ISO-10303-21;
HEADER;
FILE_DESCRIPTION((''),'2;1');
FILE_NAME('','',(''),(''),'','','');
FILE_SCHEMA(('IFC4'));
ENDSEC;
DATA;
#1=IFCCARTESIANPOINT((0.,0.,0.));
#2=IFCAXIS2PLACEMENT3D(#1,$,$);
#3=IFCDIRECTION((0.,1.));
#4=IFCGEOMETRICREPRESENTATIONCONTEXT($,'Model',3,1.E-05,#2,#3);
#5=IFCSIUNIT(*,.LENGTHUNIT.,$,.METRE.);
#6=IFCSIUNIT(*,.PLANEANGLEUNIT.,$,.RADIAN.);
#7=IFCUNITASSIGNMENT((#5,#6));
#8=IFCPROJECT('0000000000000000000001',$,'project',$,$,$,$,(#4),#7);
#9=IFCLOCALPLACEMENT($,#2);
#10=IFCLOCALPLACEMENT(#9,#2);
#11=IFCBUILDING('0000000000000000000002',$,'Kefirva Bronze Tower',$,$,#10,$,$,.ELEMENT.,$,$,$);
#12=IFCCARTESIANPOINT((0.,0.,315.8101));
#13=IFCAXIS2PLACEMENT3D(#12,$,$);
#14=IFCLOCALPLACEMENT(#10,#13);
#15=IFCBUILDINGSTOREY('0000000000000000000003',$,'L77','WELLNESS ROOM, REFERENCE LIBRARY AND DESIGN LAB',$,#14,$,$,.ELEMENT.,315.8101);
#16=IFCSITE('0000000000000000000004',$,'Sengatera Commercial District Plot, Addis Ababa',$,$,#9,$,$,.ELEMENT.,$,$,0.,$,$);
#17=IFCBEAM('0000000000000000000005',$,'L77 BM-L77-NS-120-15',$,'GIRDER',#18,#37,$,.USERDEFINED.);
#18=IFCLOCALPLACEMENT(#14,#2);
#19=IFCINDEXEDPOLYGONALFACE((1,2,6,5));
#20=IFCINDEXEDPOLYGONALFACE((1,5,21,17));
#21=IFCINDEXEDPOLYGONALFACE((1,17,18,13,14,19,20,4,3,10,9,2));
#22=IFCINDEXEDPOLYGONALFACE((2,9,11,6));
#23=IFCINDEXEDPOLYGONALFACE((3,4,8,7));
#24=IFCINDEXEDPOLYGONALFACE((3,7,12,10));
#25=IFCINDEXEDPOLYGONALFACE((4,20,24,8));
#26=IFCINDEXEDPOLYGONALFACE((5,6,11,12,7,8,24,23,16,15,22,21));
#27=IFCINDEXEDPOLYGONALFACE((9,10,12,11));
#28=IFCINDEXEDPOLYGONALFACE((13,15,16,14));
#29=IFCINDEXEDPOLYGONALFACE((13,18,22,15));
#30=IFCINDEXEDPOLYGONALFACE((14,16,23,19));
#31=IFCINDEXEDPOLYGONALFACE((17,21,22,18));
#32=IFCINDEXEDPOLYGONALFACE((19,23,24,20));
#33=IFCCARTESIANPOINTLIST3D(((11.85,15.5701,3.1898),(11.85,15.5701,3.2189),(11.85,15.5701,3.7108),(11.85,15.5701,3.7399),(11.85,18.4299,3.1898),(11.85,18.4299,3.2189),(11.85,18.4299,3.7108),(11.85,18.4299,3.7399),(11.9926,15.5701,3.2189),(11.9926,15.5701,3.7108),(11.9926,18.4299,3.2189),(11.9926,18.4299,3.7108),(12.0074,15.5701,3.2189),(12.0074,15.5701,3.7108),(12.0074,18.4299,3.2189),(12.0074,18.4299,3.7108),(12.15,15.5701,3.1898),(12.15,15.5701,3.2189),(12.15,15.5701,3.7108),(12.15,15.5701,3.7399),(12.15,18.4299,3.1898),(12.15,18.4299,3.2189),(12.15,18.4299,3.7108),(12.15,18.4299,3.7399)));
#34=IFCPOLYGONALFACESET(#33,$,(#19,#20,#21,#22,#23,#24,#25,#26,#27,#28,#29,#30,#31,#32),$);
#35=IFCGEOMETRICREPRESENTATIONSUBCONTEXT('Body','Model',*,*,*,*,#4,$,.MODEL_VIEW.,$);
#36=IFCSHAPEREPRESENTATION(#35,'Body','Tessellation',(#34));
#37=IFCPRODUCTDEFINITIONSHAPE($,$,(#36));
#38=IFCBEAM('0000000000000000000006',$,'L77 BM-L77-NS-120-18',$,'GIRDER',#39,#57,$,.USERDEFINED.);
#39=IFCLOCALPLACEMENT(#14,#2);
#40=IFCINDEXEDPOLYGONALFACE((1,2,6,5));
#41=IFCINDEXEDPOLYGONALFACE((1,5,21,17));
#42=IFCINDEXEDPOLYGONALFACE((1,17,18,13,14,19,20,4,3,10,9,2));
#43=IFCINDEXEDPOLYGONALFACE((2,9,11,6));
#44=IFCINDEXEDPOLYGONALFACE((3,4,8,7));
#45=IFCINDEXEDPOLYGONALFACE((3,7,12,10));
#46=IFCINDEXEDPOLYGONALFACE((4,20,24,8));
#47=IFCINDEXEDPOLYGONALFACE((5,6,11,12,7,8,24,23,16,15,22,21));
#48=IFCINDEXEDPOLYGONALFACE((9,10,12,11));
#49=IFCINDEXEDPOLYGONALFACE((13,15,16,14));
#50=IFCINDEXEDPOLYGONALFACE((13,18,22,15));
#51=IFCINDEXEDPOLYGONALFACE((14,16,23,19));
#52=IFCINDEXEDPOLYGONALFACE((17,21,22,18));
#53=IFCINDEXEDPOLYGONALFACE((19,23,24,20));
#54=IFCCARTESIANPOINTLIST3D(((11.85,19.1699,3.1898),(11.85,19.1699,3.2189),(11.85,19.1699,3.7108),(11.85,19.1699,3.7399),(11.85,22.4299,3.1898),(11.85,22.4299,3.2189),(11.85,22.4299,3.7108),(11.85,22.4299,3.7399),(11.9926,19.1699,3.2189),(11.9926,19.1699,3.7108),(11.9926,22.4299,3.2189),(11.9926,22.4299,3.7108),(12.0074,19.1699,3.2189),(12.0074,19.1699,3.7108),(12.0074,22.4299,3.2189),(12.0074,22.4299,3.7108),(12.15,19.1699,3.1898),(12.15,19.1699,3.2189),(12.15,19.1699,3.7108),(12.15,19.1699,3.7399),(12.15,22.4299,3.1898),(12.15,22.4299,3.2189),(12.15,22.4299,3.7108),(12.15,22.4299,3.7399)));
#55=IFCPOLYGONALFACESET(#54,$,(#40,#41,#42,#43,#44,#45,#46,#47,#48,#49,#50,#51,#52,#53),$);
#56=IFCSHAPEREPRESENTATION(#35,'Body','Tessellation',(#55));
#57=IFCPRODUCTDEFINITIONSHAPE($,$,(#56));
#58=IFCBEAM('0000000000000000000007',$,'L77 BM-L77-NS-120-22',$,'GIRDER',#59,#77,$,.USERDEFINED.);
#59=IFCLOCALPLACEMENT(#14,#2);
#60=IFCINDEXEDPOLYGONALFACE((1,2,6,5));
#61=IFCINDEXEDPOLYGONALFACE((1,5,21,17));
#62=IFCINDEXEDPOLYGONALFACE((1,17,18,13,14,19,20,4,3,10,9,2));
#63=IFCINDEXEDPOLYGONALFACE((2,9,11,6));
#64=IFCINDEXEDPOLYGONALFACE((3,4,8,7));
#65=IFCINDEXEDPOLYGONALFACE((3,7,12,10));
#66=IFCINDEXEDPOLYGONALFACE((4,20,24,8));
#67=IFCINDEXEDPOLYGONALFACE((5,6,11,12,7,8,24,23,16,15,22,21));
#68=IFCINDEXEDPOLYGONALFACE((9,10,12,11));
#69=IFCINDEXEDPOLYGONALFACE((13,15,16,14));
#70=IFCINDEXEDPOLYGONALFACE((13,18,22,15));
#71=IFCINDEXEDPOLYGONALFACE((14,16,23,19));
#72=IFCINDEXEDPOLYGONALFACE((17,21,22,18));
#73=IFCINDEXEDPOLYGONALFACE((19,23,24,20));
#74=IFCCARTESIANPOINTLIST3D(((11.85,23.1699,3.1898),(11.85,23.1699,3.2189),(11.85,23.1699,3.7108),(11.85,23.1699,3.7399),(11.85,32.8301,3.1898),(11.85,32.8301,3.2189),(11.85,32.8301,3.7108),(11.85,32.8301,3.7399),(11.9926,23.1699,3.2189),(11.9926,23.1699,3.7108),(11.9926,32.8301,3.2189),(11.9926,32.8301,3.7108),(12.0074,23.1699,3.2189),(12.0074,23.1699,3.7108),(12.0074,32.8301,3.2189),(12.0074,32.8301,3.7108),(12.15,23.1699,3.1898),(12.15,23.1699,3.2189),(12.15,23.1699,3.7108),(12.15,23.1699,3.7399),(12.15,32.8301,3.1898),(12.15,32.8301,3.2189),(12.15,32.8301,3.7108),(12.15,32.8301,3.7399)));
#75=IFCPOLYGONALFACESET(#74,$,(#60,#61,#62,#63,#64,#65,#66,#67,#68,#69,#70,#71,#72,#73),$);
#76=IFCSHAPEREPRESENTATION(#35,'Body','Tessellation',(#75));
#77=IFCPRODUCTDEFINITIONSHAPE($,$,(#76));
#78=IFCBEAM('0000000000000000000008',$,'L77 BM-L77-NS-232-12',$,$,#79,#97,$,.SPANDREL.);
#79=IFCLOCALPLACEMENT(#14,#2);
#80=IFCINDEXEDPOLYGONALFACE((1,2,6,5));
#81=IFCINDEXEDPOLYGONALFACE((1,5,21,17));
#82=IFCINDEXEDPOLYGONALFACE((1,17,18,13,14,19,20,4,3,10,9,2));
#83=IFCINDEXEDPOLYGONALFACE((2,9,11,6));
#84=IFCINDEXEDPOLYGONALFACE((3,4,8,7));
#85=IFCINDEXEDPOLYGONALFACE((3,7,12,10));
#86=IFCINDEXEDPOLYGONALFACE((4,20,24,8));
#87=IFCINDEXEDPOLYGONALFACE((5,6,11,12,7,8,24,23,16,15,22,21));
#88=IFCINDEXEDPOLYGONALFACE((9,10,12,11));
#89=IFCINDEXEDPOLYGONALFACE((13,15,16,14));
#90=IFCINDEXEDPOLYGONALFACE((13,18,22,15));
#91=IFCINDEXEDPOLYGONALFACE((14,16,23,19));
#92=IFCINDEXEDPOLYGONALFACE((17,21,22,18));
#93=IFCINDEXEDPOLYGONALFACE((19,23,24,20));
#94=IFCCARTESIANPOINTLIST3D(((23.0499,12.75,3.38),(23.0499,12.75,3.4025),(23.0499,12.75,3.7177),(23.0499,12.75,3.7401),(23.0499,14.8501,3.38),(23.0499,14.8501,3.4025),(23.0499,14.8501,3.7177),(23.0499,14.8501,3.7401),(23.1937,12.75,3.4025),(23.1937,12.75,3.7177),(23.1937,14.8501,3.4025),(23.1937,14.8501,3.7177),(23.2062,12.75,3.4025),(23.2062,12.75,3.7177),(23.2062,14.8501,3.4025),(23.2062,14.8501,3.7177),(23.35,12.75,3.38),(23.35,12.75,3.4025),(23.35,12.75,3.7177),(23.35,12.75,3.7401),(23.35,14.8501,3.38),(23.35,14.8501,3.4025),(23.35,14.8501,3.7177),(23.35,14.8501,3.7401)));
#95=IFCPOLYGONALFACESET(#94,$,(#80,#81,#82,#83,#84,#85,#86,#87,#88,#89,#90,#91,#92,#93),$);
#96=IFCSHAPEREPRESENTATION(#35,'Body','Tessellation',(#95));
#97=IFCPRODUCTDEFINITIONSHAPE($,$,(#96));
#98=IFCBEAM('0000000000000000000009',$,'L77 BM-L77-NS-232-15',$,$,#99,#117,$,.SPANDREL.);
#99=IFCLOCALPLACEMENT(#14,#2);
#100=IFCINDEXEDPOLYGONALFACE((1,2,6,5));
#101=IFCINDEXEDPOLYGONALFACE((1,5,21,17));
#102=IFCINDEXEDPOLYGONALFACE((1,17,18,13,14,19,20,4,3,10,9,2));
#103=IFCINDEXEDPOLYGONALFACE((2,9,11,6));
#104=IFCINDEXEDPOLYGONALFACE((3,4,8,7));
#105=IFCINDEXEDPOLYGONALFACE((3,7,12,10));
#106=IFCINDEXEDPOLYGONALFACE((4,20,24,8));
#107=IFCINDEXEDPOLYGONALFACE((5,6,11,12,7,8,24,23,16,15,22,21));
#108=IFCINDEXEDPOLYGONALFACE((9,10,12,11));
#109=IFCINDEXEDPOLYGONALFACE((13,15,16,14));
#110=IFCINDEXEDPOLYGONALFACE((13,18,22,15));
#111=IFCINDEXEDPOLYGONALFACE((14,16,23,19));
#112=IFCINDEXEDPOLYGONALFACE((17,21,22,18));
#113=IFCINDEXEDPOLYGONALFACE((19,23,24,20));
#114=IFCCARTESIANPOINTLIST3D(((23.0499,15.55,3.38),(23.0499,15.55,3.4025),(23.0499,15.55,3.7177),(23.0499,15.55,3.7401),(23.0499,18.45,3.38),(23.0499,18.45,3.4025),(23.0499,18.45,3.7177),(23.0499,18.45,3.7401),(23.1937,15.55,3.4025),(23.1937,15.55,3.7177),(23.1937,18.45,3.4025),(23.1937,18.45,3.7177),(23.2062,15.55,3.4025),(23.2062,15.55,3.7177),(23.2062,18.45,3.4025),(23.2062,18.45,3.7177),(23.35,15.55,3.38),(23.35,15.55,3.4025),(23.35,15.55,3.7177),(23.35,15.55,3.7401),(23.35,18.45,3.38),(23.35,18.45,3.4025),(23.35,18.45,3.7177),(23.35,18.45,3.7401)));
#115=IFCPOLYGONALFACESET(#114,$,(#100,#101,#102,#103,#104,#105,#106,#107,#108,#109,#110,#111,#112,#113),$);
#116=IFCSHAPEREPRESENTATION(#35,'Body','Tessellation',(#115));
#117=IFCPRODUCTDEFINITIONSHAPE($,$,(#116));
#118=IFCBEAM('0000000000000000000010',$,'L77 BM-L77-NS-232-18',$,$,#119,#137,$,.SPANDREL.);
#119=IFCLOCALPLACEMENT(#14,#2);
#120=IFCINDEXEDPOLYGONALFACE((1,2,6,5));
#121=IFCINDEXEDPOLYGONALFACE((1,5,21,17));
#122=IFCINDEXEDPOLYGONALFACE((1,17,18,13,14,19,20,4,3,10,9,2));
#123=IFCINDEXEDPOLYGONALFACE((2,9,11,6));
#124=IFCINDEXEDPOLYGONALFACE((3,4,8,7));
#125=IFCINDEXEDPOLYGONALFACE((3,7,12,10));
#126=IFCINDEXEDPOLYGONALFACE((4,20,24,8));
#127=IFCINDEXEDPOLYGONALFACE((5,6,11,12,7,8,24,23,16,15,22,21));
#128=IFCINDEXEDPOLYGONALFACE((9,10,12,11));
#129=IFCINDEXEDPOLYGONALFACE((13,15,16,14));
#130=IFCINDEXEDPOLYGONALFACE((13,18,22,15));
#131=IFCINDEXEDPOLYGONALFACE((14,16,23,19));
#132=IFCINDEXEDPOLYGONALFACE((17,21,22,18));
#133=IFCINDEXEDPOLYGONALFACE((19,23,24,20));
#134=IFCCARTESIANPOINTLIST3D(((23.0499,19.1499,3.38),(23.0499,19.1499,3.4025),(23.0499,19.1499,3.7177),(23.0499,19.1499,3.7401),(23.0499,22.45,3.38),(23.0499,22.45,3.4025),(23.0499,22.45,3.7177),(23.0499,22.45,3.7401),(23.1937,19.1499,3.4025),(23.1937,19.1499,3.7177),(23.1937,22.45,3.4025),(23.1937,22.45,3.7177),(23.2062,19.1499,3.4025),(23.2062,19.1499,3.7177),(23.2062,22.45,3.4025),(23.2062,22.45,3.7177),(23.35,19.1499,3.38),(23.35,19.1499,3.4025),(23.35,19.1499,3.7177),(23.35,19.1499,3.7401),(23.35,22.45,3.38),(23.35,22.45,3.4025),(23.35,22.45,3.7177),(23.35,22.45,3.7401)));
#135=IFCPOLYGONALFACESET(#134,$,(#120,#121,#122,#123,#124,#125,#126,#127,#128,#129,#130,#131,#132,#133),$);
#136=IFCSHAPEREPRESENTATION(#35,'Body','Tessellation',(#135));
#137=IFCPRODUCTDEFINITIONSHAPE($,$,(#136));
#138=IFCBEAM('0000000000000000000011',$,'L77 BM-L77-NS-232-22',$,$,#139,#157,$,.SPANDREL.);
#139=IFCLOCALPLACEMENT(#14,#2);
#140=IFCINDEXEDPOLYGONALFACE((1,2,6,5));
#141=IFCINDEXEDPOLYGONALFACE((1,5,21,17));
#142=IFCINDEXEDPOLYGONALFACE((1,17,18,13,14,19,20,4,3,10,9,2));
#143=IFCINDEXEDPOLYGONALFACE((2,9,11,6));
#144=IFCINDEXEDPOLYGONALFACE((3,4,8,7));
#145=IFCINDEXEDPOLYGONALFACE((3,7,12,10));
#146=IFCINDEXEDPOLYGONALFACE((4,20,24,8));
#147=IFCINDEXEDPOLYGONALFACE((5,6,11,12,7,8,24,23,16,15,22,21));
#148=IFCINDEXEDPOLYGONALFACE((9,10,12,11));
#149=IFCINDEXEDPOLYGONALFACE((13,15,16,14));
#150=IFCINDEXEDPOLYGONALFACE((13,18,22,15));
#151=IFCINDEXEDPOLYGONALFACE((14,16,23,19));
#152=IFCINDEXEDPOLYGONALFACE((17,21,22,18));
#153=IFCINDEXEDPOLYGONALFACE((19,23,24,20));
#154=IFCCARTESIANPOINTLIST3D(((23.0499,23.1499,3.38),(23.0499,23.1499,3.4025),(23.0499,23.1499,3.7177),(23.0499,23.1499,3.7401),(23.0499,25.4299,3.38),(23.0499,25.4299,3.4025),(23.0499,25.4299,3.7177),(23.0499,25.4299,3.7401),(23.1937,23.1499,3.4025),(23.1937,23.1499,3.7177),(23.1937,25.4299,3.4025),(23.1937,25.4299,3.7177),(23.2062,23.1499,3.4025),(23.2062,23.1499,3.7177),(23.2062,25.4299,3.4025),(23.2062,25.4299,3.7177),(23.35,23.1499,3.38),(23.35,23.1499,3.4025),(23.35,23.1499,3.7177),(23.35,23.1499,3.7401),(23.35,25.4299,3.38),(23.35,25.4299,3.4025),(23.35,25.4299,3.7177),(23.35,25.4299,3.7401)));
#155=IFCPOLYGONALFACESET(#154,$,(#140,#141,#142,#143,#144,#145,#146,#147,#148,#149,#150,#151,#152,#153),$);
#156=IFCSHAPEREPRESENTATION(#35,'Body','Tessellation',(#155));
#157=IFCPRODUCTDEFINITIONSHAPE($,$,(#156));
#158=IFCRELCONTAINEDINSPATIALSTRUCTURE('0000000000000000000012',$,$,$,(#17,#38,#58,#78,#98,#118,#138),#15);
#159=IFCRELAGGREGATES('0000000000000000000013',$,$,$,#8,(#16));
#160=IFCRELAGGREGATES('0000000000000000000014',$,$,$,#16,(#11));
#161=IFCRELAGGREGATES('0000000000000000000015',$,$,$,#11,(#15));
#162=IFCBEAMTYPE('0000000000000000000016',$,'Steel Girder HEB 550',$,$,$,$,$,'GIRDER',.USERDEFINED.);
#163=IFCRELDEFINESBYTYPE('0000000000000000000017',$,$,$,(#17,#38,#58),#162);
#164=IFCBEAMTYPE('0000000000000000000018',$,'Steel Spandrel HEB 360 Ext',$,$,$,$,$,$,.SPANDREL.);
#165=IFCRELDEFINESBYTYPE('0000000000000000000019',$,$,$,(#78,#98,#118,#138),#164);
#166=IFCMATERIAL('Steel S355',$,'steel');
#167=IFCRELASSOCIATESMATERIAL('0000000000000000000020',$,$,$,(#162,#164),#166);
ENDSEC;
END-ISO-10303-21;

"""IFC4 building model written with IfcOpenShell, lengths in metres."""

from ifc_helpers import new_model, si_unit, direction, frame, origin, origin_2d, place, context, subcontext, project, spatial, i_section, extrude, material, material_profile, profile_set, type_object, element, save


model = new_model("IFC4")

# Units and contexts
model_context = context("Model", 3, precision=1e-05, world=origin(), true_north=direction((0.0, 1.0)))
body_context = subcontext(model_context, "Body", "Model", "MODEL_VIEW")
ifc_project = project(units=[si_unit("LENGTHUNIT", "METRE"), si_unit("PLANEANGLEUNIT", "RADIAN")], contexts=[model_context])

# Site, building, storey
site_placement = place(None, origin())
site = spatial("IfcSite", under=ifc_project, at=site_placement, Name="Sengatera Commercial District Plot, Addis Ababa", CompositionType="ELEMENT", RefElevation=0.0)
building_placement = place(site_placement, origin())
building = spatial("IfcBuilding", under=site, at=building_placement, Name="Kefirva Bronze Tower", CompositionType="ELEMENT")
storey_placement = place(building_placement, frame((0.0, 0.0, 315.8101)))
storey = spatial("IfcBuildingStorey", under=building, at=storey_placement, Name="L77", Description="WELLNESS ROOM, REFERENCE LIBRARY AND DESIGN LAB", CompositionType="ELEMENT", Elevation=315.8101)

# Beams
ifc_material_1 = material(Name="Steel S355", Category="steel")
ifc_material_profile_1 = material_profile(ifc_material_1, i_section(OverallWidth=0.3, OverallDepth=0.55, WebThickness=0.0149, FlangeThickness=0.0291, at=origin_2d()), Name="HEB 550")
ifc_profile_set_1 = profile_set([ifc_material_profile_1], Name="Steel S355")
beam_type_1 = type_object("IfcBeamType", Name="Steel Girder HEB 550", ElementType="GIRDER", PredefinedType="USERDEFINED", material=ifc_profile_set_1)
beam_1_placement = place(storey_placement, frame((12.0, 15.5701, 3.4648), z_axis=(0.0, 1.0, 0.0), x_axis=(-1.0, 0.0, 0.0)))
element("IfcBeam", 1, at=beam_1_placement, inside=storey, type_object=beam_type_1, Name="L77 BM-L77-NS-120-15", ObjectType="GIRDER", PredefinedType="USERDEFINED", context=body_context, shape_type="SweptSolid", body=[
    extrude(i_section(OverallWidth=0.3, OverallDepth=0.55, WebThickness=0.0149, FlangeThickness=0.0291, at=origin_2d()), origin(), (0.0, 0.0, 1.0), 2.8599),
])
beam_2_placement = place(storey_placement, frame((12.0, 19.1699, 3.4648), z_axis=(0.0, 1.0, 0.0), x_axis=(-1.0, 0.0, 0.0)))
element("IfcBeam", 2, at=beam_2_placement, inside=storey, type_object=beam_type_1, Name="L77 BM-L77-NS-120-18", ObjectType="GIRDER", PredefinedType="USERDEFINED", context=body_context, shape_type="SweptSolid", body=[
    extrude(i_section(OverallWidth=0.3, OverallDepth=0.55, WebThickness=0.0149, FlangeThickness=0.0291, at=origin_2d()), origin(), (0.0, 0.0, 1.0), 3.26),
])
beam_3_placement = place(storey_placement, frame((12.0, 23.1699, 3.4648), z_axis=(0.0, 1.0, 0.0), x_axis=(-1.0, 0.0, 0.0)))
element("IfcBeam", 3, at=beam_3_placement, inside=storey, type_object=beam_type_1, Name="L77 BM-L77-NS-120-22", ObjectType="GIRDER", PredefinedType="USERDEFINED", context=body_context, shape_type="SweptSolid", body=[
    extrude(i_section(OverallWidth=0.3, OverallDepth=0.55, WebThickness=0.0149, FlangeThickness=0.0291, at=origin_2d()), origin(), (0.0, 0.0, 1.0), 9.6602),
])
ifc_material_profile_2 = material_profile(ifc_material_1, i_section(OverallWidth=0.3, OverallDepth=0.3601, WebThickness=0.0125, FlangeThickness=0.0225, at=origin_2d()), Name="HEB 360")
ifc_profile_set_2 = profile_set([ifc_material_profile_2], Name="Steel S355")
beam_type_2 = type_object("IfcBeamType", Name="Steel Spandrel HEB 360 Ext", PredefinedType="SPANDREL", material=ifc_profile_set_2)
beam_4_placement = place(storey_placement, frame((23.2, 12.75, 3.5601), z_axis=(0.0, 1.0, 0.0), x_axis=(-1.0, 0.0, 0.0)))
element("IfcBeam", 4, at=beam_4_placement, inside=storey, type_object=beam_type_2, Name="L77 BM-L77-NS-232-12", PredefinedType="SPANDREL", context=body_context, shape_type="SweptSolid", body=[
    extrude(i_section(OverallWidth=0.3, OverallDepth=0.3601, WebThickness=0.0125, FlangeThickness=0.0225, at=origin_2d()), origin(), (0.0, 0.0, 1.0), 2.1001),
])
beam_5_placement = place(storey_placement, frame((23.2, 15.55, 3.5601), z_axis=(0.0, 1.0, 0.0), x_axis=(-1.0, 0.0, 0.0)))
element("IfcBeam", 5, at=beam_5_placement, inside=storey, type_object=beam_type_2, Name="L77 BM-L77-NS-232-15", PredefinedType="SPANDREL", context=body_context, shape_type="SweptSolid", body=[
    extrude(i_section(OverallWidth=0.3, OverallDepth=0.3601, WebThickness=0.0125, FlangeThickness=0.0225, at=origin_2d()), origin(), (0.0, 0.0, 1.0), 2.8999),
])
beam_6_placement = place(storey_placement, frame((23.2, 19.1499, 3.5601), z_axis=(0.0, 1.0, 0.0), x_axis=(-1.0, 0.0, 0.0)))
element("IfcBeam", 6, at=beam_6_placement, inside=storey, type_object=beam_type_2, Name="L77 BM-L77-NS-232-18", PredefinedType="SPANDREL", context=body_context, shape_type="SweptSolid", body=[
    extrude(i_section(OverallWidth=0.3, OverallDepth=0.3601, WebThickness=0.0125, FlangeThickness=0.0225, at=origin_2d()), origin(), (0.0, 0.0, 1.0), 3.3),
])
beam_7_placement = place(storey_placement, frame((23.2, 23.1499, 3.5601), z_axis=(0.0, 1.0, 0.0), x_axis=(-1.0, 0.0, 0.0)))
element("IfcBeam", 7, at=beam_7_placement, inside=storey, type_object=beam_type_2, Name="L77 BM-L77-NS-232-22", PredefinedType="SPANDREL", context=body_context, shape_type="SweptSolid", body=[
    extrude(i_section(OverallWidth=0.3, OverallDepth=0.3601, WebThickness=0.0125, FlangeThickness=0.0225, at=origin_2d()), origin(), (0.0, 0.0, 1.0), 2.28),
])

save(model, "model.ifc")
